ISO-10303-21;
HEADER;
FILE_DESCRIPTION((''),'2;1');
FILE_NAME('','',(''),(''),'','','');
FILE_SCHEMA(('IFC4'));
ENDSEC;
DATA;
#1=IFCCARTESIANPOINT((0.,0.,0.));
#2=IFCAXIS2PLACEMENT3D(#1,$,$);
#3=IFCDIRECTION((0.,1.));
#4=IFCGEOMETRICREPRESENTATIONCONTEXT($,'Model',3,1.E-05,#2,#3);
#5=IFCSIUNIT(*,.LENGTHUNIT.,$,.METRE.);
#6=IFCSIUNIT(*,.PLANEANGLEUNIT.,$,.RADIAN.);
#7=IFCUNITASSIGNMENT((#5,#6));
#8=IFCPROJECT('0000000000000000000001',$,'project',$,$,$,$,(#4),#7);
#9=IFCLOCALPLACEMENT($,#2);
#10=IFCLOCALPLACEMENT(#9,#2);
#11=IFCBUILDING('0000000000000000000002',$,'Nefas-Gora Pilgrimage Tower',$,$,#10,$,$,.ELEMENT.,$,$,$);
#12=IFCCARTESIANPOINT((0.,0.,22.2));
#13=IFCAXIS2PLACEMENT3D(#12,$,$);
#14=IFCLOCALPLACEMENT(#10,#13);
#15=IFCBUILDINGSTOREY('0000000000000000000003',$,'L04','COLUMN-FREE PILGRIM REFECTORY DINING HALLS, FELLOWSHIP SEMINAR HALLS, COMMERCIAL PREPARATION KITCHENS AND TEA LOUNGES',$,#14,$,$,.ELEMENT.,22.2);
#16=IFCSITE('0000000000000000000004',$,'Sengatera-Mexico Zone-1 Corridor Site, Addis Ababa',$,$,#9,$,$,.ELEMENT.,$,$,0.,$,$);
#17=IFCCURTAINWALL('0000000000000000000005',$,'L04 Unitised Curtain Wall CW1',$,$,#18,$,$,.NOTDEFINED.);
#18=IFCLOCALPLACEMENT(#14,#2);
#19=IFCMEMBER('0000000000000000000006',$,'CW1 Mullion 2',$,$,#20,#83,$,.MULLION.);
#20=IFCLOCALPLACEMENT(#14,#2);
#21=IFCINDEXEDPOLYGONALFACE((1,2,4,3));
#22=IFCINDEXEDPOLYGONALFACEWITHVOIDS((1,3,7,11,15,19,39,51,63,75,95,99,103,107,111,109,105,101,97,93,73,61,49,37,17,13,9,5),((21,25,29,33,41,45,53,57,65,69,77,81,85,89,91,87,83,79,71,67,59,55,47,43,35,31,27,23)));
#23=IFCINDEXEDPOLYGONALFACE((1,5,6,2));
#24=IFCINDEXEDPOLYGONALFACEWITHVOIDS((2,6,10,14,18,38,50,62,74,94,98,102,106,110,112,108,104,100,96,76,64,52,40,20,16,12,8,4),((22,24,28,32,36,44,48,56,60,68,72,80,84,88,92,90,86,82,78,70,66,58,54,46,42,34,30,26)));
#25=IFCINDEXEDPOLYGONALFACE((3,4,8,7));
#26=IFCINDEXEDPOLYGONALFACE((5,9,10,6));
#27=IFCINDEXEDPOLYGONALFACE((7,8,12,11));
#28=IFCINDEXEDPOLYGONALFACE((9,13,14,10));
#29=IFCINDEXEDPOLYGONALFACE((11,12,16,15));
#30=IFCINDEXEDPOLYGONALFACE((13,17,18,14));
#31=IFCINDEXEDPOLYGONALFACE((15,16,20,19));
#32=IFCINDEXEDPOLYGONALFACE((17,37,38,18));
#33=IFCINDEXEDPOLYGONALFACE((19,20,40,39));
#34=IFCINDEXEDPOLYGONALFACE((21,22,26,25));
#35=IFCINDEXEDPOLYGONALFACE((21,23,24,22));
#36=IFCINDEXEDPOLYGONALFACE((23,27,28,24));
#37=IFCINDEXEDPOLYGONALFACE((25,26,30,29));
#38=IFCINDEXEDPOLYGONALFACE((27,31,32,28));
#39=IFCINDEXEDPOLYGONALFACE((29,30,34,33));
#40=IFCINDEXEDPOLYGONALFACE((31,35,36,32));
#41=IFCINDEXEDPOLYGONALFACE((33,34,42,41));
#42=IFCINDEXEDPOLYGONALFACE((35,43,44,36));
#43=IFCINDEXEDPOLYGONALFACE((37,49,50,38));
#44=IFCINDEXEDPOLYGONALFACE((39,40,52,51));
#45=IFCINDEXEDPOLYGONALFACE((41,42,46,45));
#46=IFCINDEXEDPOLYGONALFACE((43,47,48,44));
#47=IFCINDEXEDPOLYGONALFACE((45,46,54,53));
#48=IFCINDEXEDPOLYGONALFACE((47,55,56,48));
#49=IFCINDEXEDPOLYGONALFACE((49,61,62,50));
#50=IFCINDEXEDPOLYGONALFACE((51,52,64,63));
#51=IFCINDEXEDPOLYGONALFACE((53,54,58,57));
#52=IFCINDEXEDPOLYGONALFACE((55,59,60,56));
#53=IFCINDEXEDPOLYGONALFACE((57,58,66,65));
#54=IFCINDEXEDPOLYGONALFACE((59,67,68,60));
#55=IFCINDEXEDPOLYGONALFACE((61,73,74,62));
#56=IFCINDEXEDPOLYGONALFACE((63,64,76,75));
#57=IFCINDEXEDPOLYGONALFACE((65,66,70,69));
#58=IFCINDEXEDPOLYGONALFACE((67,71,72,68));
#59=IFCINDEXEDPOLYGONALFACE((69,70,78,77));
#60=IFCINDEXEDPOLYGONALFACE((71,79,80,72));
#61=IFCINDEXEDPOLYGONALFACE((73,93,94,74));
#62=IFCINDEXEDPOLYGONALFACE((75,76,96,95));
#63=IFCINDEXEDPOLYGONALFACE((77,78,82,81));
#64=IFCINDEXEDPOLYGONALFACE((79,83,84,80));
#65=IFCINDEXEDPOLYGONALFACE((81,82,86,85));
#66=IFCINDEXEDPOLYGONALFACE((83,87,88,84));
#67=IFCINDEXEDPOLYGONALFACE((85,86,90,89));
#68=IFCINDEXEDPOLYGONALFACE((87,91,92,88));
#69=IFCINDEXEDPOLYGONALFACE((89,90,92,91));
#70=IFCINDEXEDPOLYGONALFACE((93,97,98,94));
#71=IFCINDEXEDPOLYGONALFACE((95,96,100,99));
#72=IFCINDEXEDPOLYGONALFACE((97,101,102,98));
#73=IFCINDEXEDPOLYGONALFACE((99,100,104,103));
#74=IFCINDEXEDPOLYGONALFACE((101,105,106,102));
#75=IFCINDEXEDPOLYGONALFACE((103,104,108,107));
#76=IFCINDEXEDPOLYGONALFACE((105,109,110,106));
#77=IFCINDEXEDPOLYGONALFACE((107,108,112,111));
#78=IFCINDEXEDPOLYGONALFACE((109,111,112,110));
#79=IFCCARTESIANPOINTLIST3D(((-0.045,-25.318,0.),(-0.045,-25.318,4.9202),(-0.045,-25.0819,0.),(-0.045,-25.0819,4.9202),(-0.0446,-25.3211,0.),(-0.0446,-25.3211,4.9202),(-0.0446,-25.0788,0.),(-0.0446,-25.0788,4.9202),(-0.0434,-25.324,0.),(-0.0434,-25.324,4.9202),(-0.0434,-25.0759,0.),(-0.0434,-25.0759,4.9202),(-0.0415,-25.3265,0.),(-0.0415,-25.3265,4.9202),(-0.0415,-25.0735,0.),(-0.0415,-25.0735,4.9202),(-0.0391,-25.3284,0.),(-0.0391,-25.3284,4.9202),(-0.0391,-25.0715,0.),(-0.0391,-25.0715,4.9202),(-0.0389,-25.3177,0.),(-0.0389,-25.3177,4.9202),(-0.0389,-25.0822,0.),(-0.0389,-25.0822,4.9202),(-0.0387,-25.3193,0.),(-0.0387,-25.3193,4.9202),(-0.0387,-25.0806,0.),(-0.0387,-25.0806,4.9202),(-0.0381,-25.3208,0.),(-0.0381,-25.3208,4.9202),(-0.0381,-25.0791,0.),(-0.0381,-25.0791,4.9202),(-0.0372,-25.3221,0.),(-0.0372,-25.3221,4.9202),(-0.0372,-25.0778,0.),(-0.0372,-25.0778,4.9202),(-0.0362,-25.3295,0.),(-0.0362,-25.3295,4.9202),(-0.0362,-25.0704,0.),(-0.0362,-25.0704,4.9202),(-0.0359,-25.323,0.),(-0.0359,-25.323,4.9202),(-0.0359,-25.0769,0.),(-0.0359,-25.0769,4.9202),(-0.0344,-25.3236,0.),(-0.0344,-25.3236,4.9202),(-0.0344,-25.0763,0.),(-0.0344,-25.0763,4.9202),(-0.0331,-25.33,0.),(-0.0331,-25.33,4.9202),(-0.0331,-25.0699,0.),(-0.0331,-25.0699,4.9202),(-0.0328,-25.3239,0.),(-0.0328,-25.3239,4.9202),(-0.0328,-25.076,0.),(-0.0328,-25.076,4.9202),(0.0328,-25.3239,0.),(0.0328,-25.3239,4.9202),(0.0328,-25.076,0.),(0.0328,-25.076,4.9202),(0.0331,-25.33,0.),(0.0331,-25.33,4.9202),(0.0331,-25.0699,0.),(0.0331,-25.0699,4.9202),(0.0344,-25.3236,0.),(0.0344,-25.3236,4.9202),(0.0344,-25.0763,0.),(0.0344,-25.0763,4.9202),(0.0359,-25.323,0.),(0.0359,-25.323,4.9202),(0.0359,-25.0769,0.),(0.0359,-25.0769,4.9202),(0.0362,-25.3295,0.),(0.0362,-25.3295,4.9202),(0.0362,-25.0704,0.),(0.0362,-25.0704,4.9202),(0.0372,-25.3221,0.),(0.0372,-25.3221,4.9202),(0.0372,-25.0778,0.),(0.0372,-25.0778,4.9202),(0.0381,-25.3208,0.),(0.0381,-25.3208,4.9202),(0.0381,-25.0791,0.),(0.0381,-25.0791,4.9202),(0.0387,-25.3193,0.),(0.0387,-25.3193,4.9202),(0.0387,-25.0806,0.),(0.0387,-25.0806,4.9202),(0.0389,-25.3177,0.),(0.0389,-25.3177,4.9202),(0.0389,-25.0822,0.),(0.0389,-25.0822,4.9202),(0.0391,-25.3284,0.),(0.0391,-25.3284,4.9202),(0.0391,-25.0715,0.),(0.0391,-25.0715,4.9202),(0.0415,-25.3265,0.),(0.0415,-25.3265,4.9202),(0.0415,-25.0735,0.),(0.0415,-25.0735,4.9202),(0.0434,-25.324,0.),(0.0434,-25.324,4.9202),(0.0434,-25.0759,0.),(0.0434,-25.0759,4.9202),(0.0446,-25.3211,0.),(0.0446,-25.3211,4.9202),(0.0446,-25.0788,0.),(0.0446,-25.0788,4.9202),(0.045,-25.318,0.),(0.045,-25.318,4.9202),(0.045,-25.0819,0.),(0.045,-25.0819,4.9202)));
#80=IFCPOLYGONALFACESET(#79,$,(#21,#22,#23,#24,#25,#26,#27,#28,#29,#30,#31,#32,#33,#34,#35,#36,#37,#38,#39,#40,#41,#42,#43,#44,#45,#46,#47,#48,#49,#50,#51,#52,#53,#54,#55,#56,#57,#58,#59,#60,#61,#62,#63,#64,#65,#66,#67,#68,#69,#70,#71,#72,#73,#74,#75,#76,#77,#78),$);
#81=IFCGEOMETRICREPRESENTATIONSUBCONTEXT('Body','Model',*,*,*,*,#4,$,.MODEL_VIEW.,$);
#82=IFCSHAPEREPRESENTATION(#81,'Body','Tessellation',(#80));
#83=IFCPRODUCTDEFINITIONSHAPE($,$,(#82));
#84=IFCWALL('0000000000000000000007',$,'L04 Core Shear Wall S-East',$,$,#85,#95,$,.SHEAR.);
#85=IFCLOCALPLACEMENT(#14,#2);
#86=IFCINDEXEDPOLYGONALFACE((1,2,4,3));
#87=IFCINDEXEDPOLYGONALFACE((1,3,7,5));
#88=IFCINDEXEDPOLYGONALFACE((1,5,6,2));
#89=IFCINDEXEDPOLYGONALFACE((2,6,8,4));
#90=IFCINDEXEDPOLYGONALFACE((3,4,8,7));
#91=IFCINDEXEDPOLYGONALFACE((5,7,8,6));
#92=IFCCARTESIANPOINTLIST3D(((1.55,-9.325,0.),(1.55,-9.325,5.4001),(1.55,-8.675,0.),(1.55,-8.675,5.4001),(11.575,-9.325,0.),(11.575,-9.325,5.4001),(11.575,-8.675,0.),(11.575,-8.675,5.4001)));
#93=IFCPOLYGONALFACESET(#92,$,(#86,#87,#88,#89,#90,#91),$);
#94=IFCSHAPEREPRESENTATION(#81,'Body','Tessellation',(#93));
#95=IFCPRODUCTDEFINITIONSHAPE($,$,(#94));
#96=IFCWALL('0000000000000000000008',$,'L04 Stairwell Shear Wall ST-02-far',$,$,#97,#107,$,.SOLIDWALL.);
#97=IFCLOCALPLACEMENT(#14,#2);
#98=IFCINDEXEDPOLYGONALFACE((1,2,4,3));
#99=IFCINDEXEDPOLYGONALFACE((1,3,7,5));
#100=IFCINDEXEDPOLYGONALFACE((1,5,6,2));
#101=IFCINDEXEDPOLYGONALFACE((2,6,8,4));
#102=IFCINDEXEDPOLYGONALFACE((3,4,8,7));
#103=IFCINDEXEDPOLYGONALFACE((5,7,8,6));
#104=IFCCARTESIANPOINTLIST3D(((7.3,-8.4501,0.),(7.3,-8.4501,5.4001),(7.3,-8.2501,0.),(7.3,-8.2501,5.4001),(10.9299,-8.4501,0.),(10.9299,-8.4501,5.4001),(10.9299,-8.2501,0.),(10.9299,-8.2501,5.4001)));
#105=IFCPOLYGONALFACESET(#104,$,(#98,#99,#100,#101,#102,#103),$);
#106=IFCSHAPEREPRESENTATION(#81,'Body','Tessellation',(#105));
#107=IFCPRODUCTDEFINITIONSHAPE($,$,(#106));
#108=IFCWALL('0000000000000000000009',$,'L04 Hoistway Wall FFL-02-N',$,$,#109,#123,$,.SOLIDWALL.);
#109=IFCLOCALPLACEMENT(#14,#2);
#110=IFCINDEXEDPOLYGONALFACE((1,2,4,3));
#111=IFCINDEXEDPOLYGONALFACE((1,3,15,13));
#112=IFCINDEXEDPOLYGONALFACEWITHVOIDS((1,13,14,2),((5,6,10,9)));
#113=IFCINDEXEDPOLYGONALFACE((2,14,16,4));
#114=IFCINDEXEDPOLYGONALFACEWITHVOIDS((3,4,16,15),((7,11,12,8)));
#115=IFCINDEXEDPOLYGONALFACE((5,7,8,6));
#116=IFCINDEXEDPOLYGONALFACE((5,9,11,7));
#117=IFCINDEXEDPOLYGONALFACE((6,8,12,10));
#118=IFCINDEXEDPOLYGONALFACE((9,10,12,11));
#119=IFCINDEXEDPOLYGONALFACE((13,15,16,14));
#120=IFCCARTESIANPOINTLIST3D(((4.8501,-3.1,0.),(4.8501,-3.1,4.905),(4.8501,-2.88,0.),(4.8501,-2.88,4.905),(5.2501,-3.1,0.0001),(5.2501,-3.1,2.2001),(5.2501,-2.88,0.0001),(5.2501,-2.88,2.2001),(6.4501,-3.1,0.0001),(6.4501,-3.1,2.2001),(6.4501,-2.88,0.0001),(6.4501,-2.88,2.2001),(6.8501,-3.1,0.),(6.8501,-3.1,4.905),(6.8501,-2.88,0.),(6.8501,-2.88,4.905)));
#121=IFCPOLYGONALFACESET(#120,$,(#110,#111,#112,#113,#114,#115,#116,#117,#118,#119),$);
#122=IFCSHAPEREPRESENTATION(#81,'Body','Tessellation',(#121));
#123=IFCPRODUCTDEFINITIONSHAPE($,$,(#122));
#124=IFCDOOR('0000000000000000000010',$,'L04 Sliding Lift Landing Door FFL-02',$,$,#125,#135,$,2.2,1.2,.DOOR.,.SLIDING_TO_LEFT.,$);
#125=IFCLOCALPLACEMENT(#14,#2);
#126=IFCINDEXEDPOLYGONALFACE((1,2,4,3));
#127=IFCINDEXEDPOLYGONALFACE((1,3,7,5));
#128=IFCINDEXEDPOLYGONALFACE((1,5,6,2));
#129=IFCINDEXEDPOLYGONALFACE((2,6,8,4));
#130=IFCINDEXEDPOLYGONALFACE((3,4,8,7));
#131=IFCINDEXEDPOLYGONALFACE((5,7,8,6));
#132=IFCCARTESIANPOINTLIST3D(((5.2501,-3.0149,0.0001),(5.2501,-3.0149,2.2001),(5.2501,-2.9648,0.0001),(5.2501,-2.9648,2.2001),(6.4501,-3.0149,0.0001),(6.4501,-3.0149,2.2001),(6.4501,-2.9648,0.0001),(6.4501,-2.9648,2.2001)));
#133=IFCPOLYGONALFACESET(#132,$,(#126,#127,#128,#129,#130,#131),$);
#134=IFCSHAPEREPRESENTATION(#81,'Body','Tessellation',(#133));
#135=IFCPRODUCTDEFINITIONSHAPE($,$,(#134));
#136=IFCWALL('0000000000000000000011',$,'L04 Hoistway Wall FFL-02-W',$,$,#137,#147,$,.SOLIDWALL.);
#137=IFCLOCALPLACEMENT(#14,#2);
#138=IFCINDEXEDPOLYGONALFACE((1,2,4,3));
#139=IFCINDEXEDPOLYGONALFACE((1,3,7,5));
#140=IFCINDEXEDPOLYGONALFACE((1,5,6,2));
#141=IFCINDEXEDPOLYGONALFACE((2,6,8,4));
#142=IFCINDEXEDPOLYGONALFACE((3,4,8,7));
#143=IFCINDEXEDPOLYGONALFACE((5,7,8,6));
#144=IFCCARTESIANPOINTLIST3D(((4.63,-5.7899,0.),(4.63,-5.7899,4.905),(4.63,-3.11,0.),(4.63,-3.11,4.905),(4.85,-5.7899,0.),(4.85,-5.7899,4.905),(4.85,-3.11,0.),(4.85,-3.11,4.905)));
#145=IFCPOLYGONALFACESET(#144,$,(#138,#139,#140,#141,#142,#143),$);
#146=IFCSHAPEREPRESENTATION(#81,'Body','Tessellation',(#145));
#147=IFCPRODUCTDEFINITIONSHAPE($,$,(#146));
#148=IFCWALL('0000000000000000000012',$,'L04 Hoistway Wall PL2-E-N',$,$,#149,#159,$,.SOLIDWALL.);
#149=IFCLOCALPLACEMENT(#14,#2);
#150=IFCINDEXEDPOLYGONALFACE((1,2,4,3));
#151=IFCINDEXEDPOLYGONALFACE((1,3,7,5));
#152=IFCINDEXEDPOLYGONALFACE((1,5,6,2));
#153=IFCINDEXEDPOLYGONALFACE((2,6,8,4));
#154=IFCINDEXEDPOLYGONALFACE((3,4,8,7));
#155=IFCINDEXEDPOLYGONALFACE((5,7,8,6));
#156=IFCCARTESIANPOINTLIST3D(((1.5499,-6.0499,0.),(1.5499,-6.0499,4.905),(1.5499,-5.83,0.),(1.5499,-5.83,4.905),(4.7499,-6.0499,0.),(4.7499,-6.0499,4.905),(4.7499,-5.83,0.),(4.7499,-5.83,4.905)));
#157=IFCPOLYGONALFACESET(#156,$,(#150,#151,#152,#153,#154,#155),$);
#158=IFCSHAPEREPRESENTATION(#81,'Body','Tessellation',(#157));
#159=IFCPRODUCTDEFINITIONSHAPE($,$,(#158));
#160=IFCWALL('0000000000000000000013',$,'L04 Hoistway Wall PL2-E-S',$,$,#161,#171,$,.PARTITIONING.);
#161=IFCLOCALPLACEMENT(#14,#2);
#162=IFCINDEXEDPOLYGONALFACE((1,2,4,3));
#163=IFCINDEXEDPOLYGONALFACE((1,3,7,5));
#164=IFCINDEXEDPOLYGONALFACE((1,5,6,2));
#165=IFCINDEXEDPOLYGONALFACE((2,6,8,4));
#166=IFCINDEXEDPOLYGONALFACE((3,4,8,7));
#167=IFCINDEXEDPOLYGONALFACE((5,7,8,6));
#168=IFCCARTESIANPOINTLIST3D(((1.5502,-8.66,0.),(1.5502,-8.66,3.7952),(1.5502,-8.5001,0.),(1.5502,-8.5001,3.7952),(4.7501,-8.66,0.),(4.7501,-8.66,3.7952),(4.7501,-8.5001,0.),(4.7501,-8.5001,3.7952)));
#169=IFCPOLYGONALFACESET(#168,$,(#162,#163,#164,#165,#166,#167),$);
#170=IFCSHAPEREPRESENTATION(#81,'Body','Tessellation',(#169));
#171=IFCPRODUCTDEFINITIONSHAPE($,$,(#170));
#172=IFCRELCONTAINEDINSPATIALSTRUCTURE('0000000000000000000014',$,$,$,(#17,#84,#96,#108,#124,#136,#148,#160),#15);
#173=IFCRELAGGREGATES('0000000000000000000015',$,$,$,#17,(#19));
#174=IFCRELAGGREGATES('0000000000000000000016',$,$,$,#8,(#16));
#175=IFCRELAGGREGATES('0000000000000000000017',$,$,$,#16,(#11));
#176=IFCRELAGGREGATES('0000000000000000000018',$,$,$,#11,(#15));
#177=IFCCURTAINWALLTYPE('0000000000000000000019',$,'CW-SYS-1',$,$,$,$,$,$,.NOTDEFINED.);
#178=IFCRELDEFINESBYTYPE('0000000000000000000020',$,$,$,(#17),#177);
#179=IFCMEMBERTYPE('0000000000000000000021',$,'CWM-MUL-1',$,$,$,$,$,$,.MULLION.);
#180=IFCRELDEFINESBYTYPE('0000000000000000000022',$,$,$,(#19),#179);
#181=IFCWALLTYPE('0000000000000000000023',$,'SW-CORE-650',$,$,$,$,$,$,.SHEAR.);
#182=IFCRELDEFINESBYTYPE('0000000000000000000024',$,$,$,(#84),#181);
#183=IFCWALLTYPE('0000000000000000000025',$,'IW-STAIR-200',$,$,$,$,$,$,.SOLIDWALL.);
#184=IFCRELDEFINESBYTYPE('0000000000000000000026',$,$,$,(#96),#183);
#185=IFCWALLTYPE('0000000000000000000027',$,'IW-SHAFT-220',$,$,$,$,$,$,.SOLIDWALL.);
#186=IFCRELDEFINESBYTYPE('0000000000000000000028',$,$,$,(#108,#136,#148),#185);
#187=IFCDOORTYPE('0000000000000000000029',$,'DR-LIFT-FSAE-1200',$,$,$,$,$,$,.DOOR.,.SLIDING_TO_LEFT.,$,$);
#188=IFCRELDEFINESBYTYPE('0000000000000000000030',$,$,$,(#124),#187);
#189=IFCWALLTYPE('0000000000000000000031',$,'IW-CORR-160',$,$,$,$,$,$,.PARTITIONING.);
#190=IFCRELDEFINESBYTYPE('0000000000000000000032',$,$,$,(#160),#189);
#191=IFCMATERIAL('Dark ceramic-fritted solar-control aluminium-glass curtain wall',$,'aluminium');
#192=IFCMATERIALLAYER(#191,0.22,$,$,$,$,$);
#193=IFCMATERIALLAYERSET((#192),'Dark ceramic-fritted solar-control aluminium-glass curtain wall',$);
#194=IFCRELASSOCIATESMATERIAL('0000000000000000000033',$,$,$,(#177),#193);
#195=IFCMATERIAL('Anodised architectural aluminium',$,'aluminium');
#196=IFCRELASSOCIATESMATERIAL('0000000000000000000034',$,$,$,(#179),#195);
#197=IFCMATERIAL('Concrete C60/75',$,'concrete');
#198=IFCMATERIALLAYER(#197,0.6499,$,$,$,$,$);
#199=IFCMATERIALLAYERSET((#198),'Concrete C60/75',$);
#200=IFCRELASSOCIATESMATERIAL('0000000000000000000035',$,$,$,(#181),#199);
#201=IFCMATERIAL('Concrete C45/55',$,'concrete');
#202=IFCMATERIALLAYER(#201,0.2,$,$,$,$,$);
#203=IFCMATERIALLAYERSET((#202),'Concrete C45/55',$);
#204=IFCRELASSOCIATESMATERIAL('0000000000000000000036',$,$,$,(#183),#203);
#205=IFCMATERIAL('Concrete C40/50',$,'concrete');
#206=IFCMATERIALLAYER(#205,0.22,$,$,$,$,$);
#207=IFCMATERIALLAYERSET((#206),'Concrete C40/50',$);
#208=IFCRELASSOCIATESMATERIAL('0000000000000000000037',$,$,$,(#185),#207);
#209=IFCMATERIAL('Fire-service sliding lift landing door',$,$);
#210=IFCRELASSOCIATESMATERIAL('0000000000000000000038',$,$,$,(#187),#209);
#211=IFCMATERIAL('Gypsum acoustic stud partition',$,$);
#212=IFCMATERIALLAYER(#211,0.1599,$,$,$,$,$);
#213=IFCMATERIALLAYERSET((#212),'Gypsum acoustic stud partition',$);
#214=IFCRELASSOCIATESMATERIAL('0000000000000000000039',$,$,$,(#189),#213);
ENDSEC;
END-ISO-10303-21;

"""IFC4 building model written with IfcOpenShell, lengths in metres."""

from ifc_helpers import new_model, si_unit, direction, frame, frame_2d, origin, origin_2d, place, context, subcontext, project, spatial, rectangle, hollow_rectangle, extrude, source, transform, mapped, material, layer, layer_set, material_profile, profile_set, type_object, element, fill, aggregate, save


model = new_model("IFC4")

# Units and contexts
model_context = context("Model", 3, precision=1e-05, world=origin(), true_north=direction((0.0, 1.0)))
body_context = subcontext(model_context, "Body", "Model", "MODEL_VIEW")
ifc_project = project(units=[si_unit("LENGTHUNIT", "METRE"), si_unit("PLANEANGLEUNIT", "RADIAN")], contexts=[model_context])

# Site, building, storey
site_placement = place(None, origin())
site = spatial("IfcSite", under=ifc_project, at=site_placement, Name="Sengatera-Mexico Zone-1 Corridor Site, Addis Ababa", CompositionType="ELEMENT", RefElevation=0.0)
building_placement = place(site_placement, origin())
building = spatial("IfcBuilding", under=site, at=building_placement, Name="Nefas-Gora Pilgrimage Tower", CompositionType="ELEMENT")
storey_placement = place(building_placement, frame((0.0, 0.0, 22.2)))
storey = spatial("IfcBuildingStorey", under=building, at=storey_placement, Name="L04", Description="COLUMN-FREE PILGRIM REFECTORY DINING HALLS, FELLOWSHIP SEMINAR HALLS, COMMERCIAL PREPARATION KITCHENS AND TEA LOUNGES", CompositionType="ELEMENT", Elevation=22.2)

# Curtain wall, member
ifc_material_1 = material(Name="Dark ceramic-fritted solar-control aluminium-glass curtain wall", Category="aluminium")
ifc_layer_1 = layer(ifc_material_1, 0.22)
ifc_layer_set_1 = layer_set([ifc_layer_1], Name="Dark ceramic-fritted solar-control aluminium-glass curtain wall")
curtain_wall_type = type_object("IfcCurtainWallType", Name="CW-SYS-1", PredefinedType="NOTDEFINED", material=ifc_layer_set_1)
curtain_wall_placement = place(storey_placement, origin())
curtain_wall = element("IfcCurtainWall", 1, at=curtain_wall_placement, inside=storey, type_object=curtain_wall_type, Name="L04 Unitised Curtain Wall CW1", PredefinedType="NOTDEFINED")
ifc_material_2 = material(Name="Anodised architectural aluminium", Category="aluminium")
ifc_material_profile_1 = material_profile(ifc_material_2, hollow_rectangle(XDim=0.0901, YDim=0.26, WallThickness=0.0061, InnerFilletRadius=0.0061, OuterFilletRadius=0.012, at=origin_2d()), Name="ALU MULLION 90x260")
ifc_profile_set_1 = profile_set([ifc_material_profile_1], Name="Anodised architectural aluminium")
member_type = type_object("IfcMemberType", Name="CWM-MUL-1", PredefinedType="MULLION", material=ifc_profile_set_1)
shared_shape_1 = source(origin(), body_context, "Body", "SweptSolid", [
    extrude(hollow_rectangle(XDim=0.0901, YDim=0.26, WallThickness=0.0061, InnerFilletRadius=0.0061, OuterFilletRadius=0.012, at=origin_2d()), origin(), (0.0, 0.0, 1.0), 4.9202),
])
member_placement = place(storey_placement, frame((0.0, -25.2, 0.0), z_axis=(0.0, 0.0, 1.0), x_axis=(1.0, 0.0, 0.0)))
member = element("IfcMember", 2, at=member_placement, type_object=member_type, Name="CW1 Mullion 2", PredefinedType="MULLION", context=body_context, shape_type="MappedRepresentation", body=[
    mapped(shared_shape_1, transform((0.0, 0.0, 0.0), x_axis=(1.0, 0.0, 0.0), y_axis=(0.0, 1.0, 0.0), z_axis=(0.0, 0.0, 1.0), scale=1.0)),
])
aggregate(curtain_wall, [member])

# Walls
ifc_material_3 = material(Name="Concrete C60/75", Category="concrete")
ifc_layer_2 = layer(ifc_material_3, 0.6499)
ifc_layer_set_2 = layer_set([ifc_layer_2], Name="Concrete C60/75")
wall_type_1 = type_object("IfcWallType", Name="SW-CORE-650", PredefinedType="SHEAR", material=ifc_layer_set_2)
shared_shape_2 = source(origin(), body_context, "Body", "SweptSolid", [
    extrude(rectangle(XDim=10.0249, YDim=0.6499, at=frame_2d((5.0125, 0.0))), origin(), (0.0, 0.0, 1.0), 5.4001),
])
wall_1_placement = place(storey_placement, frame((1.55, -9.0, 0.0), z_axis=(0.0, 0.0, 1.0), x_axis=(1.0, 0.0, 0.0)))
element("IfcWall", 3, at=wall_1_placement, inside=storey, type_object=wall_type_1, Name="L04 Core Shear Wall S-East", PredefinedType="SHEAR", context=body_context, shape_type="MappedRepresentation", body=[
    mapped(shared_shape_2, transform((0.0, 0.0, 0.0), x_axis=(1.0, 0.0, 0.0), y_axis=(0.0, 1.0, 0.0), z_axis=(0.0, 0.0, 1.0), scale=1.0)),
])
ifc_material_4 = material(Name="Concrete C45/55", Category="concrete")
ifc_layer_3 = layer(ifc_material_4, 0.2)
ifc_layer_set_3 = layer_set([ifc_layer_3], Name="Concrete C45/55")
wall_type_2 = type_object("IfcWallType", Name="IW-STAIR-200", PredefinedType="SOLIDWALL", material=ifc_layer_set_3)
shared_shape_3 = source(origin(), body_context, "Body", "SweptSolid", [
    extrude(rectangle(XDim=3.6299, YDim=0.2, at=frame_2d((1.8149, 0.0))), origin(), (0.0, 0.0, 1.0), 5.4001),
])
wall_2_placement = place(storey_placement, frame((7.3, -8.3501, 0.0), z_axis=(0.0, 0.0, 1.0), x_axis=(1.0, 0.0, 0.0)))
element("IfcWall", 4, at=wall_2_placement, inside=storey, type_object=wall_type_2, Name="L04 Stairwell Shear Wall ST-02-far", PredefinedType="SOLIDWALL", context=body_context, shape_type="MappedRepresentation", body=[
    mapped(shared_shape_3, transform((0.0, 0.0, 0.0), x_axis=(1.0, 0.0, 0.0), y_axis=(0.0, 1.0, 0.0), z_axis=(0.0, 0.0, 1.0), scale=1.0)),
])

# Wall, opening, door
ifc_material_5 = material(Name="Concrete C40/50", Category="concrete")
ifc_layer_4 = layer(ifc_material_5, 0.22)
ifc_layer_set_4 = layer_set([ifc_layer_4], Name="Concrete C40/50")
wall_type_3 = type_object("IfcWallType", Name="IW-SHAFT-220", PredefinedType="SOLIDWALL", material=ifc_layer_set_4)
shared_shape_4 = source(origin(), body_context, "Body", "SweptSolid", [
    extrude(rectangle(XDim=2.0, YDim=0.22, at=frame_2d((1.0, 0.0))), origin(), (0.0, 0.0, 1.0), 4.905),
])
wall_3_placement = place(storey_placement, frame((6.8501, -2.99, 0.0), z_axis=(0.0, 0.0, 1.0), x_axis=(-1.0, 0.0, 0.0)))
wall_3 = element("IfcWall", 5, at=wall_3_placement, inside=storey, type_object=wall_type_3, Name="L04 Hoistway Wall FFL-02-N", PredefinedType="SOLIDWALL", context=body_context, shape_type="MappedRepresentation", body=[
    mapped(shared_shape_4, transform((0.0, 0.0, 0.0), x_axis=(1.0, 0.0, 0.0), y_axis=(0.0, 1.0, 0.0), z_axis=(0.0, 0.0, 1.0), scale=1.0)),
])
opening_1_placement = place(wall_3_placement, frame((0.3999, 0.0, 0.0)))
opening_1 = element("IfcOpeningElement", 6, at=opening_1_placement, cuts=wall_3, PredefinedType="OPENING", context=body_context, shape_type="SweptSolid", body=[
    extrude(rectangle(XDim=1.2, YDim=2.2, at=frame_2d((0.6001, 1.1001))), frame((0.0, 0.1199, 0.0), z_axis=(0.0, -1.0, 0.0), x_axis=(1.0, 0.0, 0.0)), (0.0, 0.0, 1.0), 0.24),
])
ifc_material_6 = material(Name="Fire-service sliding lift landing door")
door_type_1 = type_object("IfcDoorType", Name="DR-LIFT-FSAE-1200", OperationType="SLIDING_TO_LEFT", PredefinedType="DOOR", material=ifc_material_6)
shared_shape_5 = source(origin(), body_context, "Body", "SweptSolid", [
    extrude(rectangle(XDim=1.2, YDim=2.2, at=frame_2d((0.6001, 1.1001))), frame((0.0, 0.0249, 0.0), z_axis=(0.0, -1.0, 0.0), x_axis=(1.0, 0.0, 0.0)), (0.0, 0.0, 1.0), 0.05),
])
door_1_placement = place(opening_1_placement, origin())
door_1 = element("IfcDoor", 7, at=door_1_placement, inside=storey, type_object=door_type_1, Name="L04 Sliding Lift Landing Door FFL-02", OperationType="SLIDING_TO_LEFT", OverallHeight=2.2, OverallWidth=1.2, PredefinedType="DOOR", context=body_context, shape_type="MappedRepresentation", body=[
    mapped(shared_shape_5, transform((0.0, 0.0, 0.0), x_axis=(1.0, 0.0, 0.0), y_axis=(0.0, 1.0, 0.0), z_axis=(0.0, 0.0, 1.0), scale=1.0)),
])
fill(opening_1, door_1)

# Walls
shared_shape_6 = source(origin(), body_context, "Body", "SweptSolid", [
    extrude(rectangle(XDim=2.6799, YDim=0.22, at=frame_2d((1.3398, 0.0))), origin(), (0.0, 0.0, 1.0), 4.905),
])
wall_4_placement = place(storey_placement, frame((4.74, -3.1101, 0.0), z_axis=(0.0, 0.0, 1.0), x_axis=(0.0, -1.0, 0.0)))
element("IfcWall", 8, at=wall_4_placement, inside=storey, type_object=wall_type_3, Name="L04 Hoistway Wall FFL-02-W", PredefinedType="SOLIDWALL", context=body_context, shape_type="MappedRepresentation", body=[
    mapped(shared_shape_6, transform((0.0, 0.0, 0.0), x_axis=(1.0, 0.0, 0.0), y_axis=(0.0, 1.0, 0.0), z_axis=(0.0, 0.0, 1.0), scale=1.0)),
])
shared_shape_7 = source(origin(), body_context, "Body", "SweptSolid", [
    extrude(rectangle(XDim=3.2, YDim=0.22, at=frame_2d((1.6001, 0.0))), origin(), (0.0, 0.0, 1.0), 4.905),
])
wall_5_placement = place(storey_placement, frame((4.75, -5.9399, 0.0), z_axis=(0.0, 0.0, 1.0), x_axis=(-1.0, 0.0, 0.0)))
element("IfcWall", 9, at=wall_5_placement, inside=storey, type_object=wall_type_3, Name="L04 Hoistway Wall PL2-E-N", PredefinedType="SOLIDWALL", context=body_context, shape_type="MappedRepresentation", body=[
    mapped(shared_shape_7, transform((0.0, 0.0, 0.0), x_axis=(1.0, 0.0, 0.0), y_axis=(0.0, 1.0, 0.0), z_axis=(0.0, 0.0, 1.0), scale=1.0)),
])
ifc_material_7 = material(Name="Gypsum acoustic stud partition")
ifc_layer_5 = layer(ifc_material_7, 0.1599)
ifc_layer_set_5 = layer_set([ifc_layer_5], Name="Gypsum acoustic stud partition")
wall_type_4 = type_object("IfcWallType", Name="IW-CORR-160", PredefinedType="PARTITIONING", material=ifc_layer_set_5)
shared_shape_8 = source(origin(), body_context, "Body", "SweptSolid", [
    extrude(rectangle(XDim=3.2, YDim=0.1599, at=frame_2d((1.6001, 0.0))), origin(), (0.0, 0.0, 1.0), 3.7952),
])
wall_6_placement = place(storey_placement, frame((1.55, -8.5801, 0.0), z_axis=(0.0, 0.0, 1.0), x_axis=(1.0, 0.0, 0.0)))
element("IfcWall", 10, at=wall_6_placement, inside=storey, type_object=wall_type_4, Name="L04 Hoistway Wall PL2-E-S", PredefinedType="PARTITIONING", context=body_context, shape_type="MappedRepresentation", body=[
    mapped(shared_shape_8, transform((0.0, 0.0, 0.0), x_axis=(1.0, 0.0, 0.0), y_axis=(0.0, 1.0, 0.0), z_axis=(0.0, 0.0, 1.0), scale=1.0)),
])

save(model, "model.ifc")
